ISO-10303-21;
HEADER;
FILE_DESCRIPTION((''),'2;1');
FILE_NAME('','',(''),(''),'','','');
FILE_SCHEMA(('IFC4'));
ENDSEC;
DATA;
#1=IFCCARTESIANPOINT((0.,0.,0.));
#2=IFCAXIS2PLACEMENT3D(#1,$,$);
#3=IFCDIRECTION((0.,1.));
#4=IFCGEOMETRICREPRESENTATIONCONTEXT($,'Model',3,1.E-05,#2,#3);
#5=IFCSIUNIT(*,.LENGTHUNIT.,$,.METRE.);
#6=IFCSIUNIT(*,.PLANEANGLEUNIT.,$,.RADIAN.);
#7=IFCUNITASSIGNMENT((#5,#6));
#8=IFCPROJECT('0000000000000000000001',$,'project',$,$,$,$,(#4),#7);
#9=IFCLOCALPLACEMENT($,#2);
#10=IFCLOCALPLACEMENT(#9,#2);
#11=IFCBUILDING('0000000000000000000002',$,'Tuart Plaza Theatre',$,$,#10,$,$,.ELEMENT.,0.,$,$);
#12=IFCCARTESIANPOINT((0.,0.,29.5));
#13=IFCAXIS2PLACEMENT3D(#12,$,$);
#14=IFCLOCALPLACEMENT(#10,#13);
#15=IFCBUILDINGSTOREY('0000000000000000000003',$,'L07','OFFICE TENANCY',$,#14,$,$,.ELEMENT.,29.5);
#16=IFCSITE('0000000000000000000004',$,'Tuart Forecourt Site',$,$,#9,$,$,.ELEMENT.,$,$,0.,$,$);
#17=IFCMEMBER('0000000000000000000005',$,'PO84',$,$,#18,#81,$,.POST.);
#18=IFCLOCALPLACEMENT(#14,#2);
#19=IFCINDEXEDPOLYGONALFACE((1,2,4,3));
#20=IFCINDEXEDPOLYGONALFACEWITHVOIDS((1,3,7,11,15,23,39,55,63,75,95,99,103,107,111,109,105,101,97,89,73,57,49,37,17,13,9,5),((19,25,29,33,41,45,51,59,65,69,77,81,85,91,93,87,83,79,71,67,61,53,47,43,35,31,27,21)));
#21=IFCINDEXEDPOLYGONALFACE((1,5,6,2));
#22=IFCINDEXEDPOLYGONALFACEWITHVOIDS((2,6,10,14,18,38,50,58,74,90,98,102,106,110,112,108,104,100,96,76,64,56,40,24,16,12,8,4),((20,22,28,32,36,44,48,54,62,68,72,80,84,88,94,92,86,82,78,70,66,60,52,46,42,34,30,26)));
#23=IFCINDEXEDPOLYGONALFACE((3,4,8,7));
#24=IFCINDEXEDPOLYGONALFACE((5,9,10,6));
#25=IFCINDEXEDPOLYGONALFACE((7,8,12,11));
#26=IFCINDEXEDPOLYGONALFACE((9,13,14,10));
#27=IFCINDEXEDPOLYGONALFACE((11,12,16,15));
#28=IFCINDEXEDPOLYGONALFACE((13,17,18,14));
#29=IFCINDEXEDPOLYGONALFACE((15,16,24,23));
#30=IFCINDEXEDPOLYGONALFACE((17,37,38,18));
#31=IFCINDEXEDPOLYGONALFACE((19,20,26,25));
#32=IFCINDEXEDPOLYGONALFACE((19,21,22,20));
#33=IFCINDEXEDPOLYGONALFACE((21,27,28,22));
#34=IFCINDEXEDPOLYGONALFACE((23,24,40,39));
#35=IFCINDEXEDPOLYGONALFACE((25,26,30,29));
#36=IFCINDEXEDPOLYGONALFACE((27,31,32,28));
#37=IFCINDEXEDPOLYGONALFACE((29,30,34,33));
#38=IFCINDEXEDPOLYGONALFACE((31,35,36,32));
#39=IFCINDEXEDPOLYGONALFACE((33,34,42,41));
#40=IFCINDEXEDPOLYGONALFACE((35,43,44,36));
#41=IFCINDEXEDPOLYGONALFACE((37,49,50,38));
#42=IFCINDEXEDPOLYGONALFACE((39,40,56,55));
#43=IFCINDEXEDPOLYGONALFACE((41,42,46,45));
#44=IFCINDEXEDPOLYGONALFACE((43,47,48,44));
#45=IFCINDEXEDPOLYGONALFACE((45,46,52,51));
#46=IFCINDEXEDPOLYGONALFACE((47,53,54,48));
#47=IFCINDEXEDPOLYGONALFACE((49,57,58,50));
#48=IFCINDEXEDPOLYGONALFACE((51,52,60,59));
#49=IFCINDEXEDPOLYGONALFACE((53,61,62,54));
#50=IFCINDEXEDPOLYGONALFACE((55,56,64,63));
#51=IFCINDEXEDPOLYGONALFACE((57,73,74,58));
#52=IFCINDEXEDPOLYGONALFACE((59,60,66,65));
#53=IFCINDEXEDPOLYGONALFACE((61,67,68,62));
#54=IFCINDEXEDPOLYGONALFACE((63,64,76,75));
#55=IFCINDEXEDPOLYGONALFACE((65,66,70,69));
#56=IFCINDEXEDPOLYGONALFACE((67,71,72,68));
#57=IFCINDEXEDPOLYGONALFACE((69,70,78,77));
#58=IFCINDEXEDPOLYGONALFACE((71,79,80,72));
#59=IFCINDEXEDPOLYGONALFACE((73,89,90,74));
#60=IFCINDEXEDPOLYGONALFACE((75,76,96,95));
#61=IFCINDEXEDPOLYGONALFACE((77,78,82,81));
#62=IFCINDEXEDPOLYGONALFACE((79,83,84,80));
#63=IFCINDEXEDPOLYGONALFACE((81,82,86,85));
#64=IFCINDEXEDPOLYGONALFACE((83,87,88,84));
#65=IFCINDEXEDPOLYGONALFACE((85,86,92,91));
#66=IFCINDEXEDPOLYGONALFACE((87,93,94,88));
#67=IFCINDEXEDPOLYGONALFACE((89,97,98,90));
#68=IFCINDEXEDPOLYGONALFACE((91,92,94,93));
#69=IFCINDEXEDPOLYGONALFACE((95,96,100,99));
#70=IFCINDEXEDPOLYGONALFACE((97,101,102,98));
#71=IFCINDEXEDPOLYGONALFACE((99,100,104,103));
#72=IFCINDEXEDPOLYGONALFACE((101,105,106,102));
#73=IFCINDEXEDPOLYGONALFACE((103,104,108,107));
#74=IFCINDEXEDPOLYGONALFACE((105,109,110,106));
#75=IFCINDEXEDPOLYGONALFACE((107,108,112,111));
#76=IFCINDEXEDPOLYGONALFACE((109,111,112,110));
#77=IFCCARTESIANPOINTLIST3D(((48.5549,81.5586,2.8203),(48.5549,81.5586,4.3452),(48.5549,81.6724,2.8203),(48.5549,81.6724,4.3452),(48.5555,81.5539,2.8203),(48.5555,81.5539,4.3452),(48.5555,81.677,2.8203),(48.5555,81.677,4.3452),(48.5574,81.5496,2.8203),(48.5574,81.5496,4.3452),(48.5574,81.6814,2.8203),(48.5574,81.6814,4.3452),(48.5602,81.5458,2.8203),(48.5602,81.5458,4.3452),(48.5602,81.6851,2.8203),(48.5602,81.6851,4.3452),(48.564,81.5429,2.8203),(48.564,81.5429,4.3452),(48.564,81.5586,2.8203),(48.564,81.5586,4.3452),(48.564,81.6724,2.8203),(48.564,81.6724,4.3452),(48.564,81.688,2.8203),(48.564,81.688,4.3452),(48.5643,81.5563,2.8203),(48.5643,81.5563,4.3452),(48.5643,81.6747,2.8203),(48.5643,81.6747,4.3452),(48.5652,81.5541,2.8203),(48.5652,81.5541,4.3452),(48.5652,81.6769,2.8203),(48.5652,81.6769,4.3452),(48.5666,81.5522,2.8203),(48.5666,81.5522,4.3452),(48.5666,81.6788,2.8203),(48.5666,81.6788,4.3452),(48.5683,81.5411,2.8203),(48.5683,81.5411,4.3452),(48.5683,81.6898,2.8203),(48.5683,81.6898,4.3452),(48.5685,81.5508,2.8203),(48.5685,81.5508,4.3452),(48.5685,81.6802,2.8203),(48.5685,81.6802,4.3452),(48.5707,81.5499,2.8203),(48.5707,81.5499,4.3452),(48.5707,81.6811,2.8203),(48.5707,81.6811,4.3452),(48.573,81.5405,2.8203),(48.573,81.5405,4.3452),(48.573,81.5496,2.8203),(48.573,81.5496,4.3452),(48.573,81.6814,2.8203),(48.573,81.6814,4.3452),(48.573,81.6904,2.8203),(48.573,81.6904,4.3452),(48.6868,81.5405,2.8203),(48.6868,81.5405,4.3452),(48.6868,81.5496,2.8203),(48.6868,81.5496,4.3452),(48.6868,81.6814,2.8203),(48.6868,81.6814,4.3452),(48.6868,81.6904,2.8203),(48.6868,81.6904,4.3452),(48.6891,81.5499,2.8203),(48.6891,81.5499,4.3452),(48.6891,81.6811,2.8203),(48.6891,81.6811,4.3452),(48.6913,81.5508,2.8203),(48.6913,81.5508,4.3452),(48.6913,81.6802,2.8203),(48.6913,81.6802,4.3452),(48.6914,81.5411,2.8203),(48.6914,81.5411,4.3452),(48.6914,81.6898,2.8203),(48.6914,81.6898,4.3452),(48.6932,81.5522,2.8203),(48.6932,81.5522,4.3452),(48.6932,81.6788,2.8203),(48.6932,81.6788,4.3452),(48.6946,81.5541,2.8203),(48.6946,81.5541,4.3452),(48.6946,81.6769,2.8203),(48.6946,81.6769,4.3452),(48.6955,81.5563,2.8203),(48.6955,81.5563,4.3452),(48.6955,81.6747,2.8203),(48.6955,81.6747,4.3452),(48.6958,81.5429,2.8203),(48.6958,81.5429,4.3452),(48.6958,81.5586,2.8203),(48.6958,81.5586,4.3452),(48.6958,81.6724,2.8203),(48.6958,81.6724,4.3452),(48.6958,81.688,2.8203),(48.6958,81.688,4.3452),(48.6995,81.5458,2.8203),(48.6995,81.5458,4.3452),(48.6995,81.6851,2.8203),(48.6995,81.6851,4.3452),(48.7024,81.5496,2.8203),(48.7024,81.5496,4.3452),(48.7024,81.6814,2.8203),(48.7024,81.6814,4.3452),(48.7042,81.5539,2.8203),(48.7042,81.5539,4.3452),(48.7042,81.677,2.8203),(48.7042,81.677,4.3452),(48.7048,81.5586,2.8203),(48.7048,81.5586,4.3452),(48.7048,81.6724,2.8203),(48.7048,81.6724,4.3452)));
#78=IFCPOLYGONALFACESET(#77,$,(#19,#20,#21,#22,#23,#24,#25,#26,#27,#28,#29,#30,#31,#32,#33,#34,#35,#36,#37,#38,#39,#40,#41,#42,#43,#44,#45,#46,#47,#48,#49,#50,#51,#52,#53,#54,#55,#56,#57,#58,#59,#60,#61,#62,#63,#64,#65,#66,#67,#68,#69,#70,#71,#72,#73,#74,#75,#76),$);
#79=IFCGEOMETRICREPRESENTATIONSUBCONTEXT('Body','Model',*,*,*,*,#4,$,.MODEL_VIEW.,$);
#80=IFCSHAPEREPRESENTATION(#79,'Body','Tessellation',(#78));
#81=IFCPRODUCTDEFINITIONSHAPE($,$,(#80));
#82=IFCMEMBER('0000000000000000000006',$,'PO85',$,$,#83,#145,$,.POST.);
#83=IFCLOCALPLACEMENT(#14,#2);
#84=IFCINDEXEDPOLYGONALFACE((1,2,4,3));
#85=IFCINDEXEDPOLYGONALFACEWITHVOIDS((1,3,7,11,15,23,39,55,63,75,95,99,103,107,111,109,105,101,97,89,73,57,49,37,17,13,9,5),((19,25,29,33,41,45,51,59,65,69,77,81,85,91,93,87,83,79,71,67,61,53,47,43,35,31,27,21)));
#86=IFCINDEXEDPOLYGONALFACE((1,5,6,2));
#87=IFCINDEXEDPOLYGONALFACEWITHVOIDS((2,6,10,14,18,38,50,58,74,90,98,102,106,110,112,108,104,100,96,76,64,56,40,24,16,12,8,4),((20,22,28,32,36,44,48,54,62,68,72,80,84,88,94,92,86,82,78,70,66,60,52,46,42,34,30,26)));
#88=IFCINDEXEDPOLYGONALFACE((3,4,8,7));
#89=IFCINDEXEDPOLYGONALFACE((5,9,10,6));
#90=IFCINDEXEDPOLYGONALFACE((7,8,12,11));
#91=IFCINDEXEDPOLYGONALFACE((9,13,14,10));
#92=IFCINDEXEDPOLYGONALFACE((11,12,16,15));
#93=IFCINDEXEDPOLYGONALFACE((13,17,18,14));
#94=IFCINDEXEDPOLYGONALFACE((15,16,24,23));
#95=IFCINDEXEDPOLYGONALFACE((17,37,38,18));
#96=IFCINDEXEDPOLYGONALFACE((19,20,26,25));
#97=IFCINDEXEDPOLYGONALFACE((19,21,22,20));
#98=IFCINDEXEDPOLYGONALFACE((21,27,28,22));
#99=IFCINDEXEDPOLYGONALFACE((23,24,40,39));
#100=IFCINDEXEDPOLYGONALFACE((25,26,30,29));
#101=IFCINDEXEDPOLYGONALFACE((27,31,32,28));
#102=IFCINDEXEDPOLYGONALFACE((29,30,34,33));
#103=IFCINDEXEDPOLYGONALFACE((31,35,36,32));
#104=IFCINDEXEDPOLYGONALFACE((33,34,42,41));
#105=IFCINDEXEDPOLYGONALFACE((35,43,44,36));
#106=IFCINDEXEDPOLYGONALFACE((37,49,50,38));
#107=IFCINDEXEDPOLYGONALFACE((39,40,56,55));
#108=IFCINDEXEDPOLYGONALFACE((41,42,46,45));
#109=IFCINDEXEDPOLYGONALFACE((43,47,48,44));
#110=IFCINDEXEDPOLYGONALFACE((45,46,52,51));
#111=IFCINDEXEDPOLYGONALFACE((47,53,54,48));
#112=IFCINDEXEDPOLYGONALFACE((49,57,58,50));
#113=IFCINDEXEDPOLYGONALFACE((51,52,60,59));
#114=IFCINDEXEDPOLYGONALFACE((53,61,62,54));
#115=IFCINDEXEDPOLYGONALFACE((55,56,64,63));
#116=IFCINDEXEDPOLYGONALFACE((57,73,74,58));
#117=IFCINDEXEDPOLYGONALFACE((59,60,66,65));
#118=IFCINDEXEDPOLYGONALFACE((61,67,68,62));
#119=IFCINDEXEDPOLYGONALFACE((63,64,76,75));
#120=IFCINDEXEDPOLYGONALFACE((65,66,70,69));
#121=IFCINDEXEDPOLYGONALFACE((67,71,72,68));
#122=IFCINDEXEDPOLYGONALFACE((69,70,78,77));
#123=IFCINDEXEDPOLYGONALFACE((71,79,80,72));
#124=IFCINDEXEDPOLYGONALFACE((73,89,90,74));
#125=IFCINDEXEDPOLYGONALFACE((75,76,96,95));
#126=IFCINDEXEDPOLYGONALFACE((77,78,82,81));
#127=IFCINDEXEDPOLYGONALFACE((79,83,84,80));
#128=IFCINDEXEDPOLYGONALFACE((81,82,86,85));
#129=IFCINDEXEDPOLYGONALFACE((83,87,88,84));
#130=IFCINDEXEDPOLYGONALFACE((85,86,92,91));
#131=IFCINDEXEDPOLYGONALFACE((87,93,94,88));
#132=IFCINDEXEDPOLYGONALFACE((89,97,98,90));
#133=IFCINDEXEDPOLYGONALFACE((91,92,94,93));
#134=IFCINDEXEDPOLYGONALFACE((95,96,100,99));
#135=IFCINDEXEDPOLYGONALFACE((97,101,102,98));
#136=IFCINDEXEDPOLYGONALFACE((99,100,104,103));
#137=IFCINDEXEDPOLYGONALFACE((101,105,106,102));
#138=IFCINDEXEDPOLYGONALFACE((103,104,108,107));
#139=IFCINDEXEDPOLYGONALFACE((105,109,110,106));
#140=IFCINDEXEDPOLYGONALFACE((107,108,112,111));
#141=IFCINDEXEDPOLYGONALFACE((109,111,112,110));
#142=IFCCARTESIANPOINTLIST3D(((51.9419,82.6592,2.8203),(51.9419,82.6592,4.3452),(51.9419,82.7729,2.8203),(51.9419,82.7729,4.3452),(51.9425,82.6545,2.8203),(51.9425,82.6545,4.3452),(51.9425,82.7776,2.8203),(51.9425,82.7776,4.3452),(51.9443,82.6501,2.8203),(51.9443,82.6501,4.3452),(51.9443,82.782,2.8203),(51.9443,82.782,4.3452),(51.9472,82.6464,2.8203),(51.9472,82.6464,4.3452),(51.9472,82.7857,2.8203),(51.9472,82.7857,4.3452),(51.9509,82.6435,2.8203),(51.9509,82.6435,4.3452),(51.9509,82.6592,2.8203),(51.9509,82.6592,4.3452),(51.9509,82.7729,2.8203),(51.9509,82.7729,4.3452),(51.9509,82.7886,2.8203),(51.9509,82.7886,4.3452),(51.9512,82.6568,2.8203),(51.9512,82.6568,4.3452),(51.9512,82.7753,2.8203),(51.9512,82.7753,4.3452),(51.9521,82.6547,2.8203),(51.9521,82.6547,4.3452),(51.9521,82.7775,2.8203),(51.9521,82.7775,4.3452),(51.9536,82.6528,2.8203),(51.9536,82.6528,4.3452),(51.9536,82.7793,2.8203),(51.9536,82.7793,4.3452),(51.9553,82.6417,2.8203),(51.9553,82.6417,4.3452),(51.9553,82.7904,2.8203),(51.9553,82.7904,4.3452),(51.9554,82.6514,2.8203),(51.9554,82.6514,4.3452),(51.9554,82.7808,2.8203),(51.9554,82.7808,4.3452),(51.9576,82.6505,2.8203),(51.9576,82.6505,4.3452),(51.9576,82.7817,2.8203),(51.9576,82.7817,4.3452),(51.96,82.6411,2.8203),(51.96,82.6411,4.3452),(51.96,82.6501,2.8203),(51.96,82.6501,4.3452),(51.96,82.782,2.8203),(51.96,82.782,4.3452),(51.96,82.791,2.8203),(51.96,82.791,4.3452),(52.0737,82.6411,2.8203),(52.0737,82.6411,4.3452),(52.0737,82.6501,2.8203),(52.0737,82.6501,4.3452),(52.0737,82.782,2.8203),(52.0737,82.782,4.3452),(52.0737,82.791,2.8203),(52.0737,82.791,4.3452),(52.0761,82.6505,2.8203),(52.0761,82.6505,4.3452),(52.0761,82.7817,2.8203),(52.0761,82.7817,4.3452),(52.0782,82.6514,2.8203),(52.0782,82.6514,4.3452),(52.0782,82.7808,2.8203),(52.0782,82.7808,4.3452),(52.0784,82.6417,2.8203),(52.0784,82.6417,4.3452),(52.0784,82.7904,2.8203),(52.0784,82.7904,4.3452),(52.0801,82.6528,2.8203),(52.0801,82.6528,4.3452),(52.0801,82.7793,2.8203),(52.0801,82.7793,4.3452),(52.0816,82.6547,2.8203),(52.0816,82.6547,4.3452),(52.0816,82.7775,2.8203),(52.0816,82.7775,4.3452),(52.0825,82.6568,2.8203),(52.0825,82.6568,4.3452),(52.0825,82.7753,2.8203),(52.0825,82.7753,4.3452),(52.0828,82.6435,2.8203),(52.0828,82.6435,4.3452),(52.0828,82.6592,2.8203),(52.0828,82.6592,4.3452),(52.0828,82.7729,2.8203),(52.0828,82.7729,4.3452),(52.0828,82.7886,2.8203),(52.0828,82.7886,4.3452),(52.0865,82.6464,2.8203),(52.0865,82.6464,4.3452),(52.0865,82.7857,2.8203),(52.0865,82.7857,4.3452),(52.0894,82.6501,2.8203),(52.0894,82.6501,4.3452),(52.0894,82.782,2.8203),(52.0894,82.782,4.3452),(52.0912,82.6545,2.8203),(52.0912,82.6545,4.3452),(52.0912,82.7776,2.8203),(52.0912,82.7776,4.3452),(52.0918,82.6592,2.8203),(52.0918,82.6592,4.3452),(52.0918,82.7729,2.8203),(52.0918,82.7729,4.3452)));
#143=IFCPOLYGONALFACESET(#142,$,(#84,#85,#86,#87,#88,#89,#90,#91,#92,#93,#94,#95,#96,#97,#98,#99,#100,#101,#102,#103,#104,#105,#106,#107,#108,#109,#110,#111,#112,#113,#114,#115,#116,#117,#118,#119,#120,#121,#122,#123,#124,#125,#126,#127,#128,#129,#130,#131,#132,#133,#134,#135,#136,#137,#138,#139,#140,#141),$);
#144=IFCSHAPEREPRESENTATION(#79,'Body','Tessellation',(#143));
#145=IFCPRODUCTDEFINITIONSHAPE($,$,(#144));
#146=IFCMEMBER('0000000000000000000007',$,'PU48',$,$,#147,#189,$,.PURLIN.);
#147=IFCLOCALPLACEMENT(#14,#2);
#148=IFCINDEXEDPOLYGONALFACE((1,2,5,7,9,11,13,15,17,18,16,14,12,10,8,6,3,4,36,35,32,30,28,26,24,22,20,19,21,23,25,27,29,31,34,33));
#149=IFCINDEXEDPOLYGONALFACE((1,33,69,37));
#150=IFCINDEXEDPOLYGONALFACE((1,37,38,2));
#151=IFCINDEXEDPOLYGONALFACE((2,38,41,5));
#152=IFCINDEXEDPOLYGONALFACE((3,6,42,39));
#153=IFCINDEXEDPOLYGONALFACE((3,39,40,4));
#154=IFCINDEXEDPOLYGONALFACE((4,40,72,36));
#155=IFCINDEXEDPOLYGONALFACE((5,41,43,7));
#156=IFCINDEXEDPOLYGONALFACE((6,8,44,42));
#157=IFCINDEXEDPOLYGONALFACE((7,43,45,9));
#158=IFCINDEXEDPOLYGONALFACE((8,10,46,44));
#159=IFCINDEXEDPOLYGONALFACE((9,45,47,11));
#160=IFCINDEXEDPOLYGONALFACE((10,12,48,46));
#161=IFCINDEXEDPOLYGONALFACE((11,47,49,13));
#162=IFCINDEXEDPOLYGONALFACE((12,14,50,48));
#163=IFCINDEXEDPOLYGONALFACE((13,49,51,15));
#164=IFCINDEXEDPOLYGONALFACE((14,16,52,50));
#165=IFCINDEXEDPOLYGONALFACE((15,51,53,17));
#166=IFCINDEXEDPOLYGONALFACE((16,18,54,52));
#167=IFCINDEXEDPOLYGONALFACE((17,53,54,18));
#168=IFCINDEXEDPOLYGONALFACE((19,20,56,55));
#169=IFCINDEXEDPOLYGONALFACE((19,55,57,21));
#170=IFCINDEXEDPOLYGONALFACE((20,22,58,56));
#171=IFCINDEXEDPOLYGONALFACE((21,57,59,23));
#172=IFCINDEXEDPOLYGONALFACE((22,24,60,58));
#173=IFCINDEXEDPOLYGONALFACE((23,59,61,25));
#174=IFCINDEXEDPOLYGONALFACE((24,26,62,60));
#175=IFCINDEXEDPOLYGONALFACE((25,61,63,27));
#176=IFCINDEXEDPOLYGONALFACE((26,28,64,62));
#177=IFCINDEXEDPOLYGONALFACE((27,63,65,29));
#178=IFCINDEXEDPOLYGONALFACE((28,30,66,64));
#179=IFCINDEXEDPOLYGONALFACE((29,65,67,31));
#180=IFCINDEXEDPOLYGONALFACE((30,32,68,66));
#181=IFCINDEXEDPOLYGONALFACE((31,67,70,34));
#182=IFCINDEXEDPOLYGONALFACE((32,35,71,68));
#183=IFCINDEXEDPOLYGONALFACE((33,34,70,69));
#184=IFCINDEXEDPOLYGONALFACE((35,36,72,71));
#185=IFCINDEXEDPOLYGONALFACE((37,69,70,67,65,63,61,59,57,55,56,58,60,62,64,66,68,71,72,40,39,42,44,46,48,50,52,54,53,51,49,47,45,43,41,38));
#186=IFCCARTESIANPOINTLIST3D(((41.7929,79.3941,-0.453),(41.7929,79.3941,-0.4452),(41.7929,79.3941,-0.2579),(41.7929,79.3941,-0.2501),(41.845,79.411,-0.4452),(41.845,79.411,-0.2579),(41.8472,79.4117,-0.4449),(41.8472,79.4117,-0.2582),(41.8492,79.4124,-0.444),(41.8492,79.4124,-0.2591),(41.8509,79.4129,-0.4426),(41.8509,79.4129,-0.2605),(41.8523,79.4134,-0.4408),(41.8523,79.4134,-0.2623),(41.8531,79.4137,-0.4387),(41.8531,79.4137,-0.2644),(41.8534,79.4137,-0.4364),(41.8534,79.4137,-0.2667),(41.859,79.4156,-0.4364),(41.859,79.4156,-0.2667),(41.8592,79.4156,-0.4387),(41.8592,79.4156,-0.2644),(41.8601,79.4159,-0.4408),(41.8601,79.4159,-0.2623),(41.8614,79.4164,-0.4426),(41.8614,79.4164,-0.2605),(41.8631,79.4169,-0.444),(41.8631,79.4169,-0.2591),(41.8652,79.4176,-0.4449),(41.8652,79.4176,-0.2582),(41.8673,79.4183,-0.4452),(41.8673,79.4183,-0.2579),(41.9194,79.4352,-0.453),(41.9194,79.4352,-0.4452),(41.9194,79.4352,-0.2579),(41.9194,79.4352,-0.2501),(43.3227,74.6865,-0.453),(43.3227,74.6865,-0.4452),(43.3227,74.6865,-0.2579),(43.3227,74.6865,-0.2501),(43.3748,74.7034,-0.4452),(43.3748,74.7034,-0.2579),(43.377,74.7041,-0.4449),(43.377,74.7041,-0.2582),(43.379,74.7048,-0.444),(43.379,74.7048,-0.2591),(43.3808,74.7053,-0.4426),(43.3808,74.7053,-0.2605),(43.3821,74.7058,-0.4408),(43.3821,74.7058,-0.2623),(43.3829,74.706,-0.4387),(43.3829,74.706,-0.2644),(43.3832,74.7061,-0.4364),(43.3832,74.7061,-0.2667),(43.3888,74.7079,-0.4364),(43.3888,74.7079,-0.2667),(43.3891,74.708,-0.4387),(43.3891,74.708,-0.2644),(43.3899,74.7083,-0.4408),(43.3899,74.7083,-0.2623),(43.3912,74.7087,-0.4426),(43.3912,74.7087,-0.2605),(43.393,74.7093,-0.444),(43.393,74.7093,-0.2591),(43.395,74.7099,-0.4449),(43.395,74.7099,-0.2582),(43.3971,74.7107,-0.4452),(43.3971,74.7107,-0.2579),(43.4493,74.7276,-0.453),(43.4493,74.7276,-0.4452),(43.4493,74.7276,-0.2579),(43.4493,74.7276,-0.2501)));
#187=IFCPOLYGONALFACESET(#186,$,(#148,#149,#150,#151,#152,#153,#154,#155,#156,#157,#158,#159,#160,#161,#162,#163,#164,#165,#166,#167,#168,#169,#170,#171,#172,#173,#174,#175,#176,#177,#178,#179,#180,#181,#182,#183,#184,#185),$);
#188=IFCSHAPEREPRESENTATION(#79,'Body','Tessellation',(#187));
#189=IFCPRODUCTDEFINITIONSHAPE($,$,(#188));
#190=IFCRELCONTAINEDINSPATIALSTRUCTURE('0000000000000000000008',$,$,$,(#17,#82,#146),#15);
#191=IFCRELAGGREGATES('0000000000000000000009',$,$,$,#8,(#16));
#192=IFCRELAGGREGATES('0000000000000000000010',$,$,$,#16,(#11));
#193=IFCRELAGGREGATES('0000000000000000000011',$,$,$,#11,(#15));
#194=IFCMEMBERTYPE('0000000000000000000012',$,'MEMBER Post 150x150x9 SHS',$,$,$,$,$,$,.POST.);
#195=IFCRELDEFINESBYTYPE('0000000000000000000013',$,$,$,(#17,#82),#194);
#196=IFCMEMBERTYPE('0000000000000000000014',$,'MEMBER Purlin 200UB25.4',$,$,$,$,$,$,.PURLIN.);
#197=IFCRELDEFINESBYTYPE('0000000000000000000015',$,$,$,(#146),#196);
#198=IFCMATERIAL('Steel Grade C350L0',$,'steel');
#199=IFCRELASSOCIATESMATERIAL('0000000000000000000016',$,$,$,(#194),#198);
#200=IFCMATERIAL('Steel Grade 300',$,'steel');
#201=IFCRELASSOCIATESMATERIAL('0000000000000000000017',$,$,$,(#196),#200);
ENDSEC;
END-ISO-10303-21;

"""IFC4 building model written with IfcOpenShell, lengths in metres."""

from ifc_helpers import new_model, si_unit, direction, frame, origin, origin_2d, place, context, subcontext, project, spatial, hollow_rectangle, i_section, extrude, material, material_profile, profile_set, type_object, element, save


model = new_model("IFC4")

# Units and contexts
model_context = context("Model", 3, precision=1e-05, world=origin(), true_north=direction((0.0, 1.0)))
body_context = subcontext(model_context, "Body", "Model", "MODEL_VIEW")
ifc_project = project(units=[si_unit("LENGTHUNIT", "METRE"), si_unit("PLANEANGLEUNIT", "RADIAN")], contexts=[model_context])

# Site, building, storey
site_placement = place(None, origin())
site = spatial("IfcSite", under=ifc_project, at=site_placement, Name="Tuart Forecourt Site", CompositionType="ELEMENT", RefElevation=0.0)
building_placement = place(site_placement, origin())
building = spatial("IfcBuilding", under=site, at=building_placement, Name="Tuart Plaza Theatre", CompositionType="ELEMENT", ElevationOfRefHeight=0.0)
storey_placement = place(building_placement, frame((0.0, 0.0, 29.5)))
storey = spatial("IfcBuildingStorey", under=building, at=storey_placement, Name="L07", Description="OFFICE TENANCY", CompositionType="ELEMENT", Elevation=29.5)

# Members
ifc_material_1 = material(Name="Steel Grade C350L0", Category="steel")
ifc_material_profile_1 = material_profile(ifc_material_1, hollow_rectangle(XDim=0.1499, YDim=0.1499, WallThickness=0.009, InnerFilletRadius=0.009, OuterFilletRadius=0.0181, at=origin_2d()), Name="150x150x9 SHS")
ifc_profile_set_1 = profile_set([ifc_material_profile_1], Name="Steel Grade C350L0")
member_type_1 = type_object("IfcMemberType", Name="MEMBER Post 150x150x9 SHS", PredefinedType="POST", material=ifc_profile_set_1)
for number, where, z_axis, x_axis, name in (
    (1, (48.6299, 81.6155, 2.8203), (0.0, 0.0, 1.0), (1.0, 0.0, 0.0), "PO84"),
    (2, (52.0168, 82.7161, 2.8203), (0.0, 0.0, 1.0), (1.0, 0.0, 0.0), "PO85"),
):
    element("IfcMember", number, at=place(storey_placement, frame(where, z_axis=z_axis, x_axis=x_axis)), inside=storey, type_object=member_type_1, Name=name, PredefinedType="POST", context=body_context, shape_type="SweptSolid", body=[
        extrude(hollow_rectangle(XDim=0.1499, YDim=0.1499, WallThickness=0.009, InnerFilletRadius=0.009, OuterFilletRadius=0.0181, at=origin_2d()), origin(), (0.0, 0.0, 1.0), 1.5249),
    ])
ifc_material_2 = material(Name="Steel Grade 300", Category="steel")
ifc_material_profile_2 = material_profile(ifc_material_2, i_section(OverallWidth=0.1331, OverallDepth=0.2029, WebThickness=0.0059, FlangeThickness=0.0078, FilletRadius=0.0088, at=origin_2d()), Name="200UB25.4")
ifc_profile_set_2 = profile_set([ifc_material_profile_2], Name="Steel Grade 300")
member_type_2 = type_object("IfcMemberType", Name="MEMBER Purlin 200UB25.4", PredefinedType="PURLIN", material=ifc_profile_set_2)
for number, where, z_axis, x_axis, name in (
    (3, (43.386, 74.707, -0.3516), (-0.309057, 0.951043, 0.0), (-0.951043, -0.309057, 0.0), "PU48"),
):
    element("IfcMember", number, at=place(storey_placement, frame(where, z_axis=z_axis, x_axis=x_axis)), inside=storey, type_object=member_type_2, Name=name, PredefinedType="PURLIN", context=body_context, shape_type="SweptSolid", body=[
        extrude(i_section(OverallWidth=0.1331, OverallDepth=0.2029, WebThickness=0.0059, FlangeThickness=0.0078, FilletRadius=0.0088, at=origin_2d()), origin(), (0.0, 0.0, 1.0), 4.95),
    ])

save(model, "model.ifc")
